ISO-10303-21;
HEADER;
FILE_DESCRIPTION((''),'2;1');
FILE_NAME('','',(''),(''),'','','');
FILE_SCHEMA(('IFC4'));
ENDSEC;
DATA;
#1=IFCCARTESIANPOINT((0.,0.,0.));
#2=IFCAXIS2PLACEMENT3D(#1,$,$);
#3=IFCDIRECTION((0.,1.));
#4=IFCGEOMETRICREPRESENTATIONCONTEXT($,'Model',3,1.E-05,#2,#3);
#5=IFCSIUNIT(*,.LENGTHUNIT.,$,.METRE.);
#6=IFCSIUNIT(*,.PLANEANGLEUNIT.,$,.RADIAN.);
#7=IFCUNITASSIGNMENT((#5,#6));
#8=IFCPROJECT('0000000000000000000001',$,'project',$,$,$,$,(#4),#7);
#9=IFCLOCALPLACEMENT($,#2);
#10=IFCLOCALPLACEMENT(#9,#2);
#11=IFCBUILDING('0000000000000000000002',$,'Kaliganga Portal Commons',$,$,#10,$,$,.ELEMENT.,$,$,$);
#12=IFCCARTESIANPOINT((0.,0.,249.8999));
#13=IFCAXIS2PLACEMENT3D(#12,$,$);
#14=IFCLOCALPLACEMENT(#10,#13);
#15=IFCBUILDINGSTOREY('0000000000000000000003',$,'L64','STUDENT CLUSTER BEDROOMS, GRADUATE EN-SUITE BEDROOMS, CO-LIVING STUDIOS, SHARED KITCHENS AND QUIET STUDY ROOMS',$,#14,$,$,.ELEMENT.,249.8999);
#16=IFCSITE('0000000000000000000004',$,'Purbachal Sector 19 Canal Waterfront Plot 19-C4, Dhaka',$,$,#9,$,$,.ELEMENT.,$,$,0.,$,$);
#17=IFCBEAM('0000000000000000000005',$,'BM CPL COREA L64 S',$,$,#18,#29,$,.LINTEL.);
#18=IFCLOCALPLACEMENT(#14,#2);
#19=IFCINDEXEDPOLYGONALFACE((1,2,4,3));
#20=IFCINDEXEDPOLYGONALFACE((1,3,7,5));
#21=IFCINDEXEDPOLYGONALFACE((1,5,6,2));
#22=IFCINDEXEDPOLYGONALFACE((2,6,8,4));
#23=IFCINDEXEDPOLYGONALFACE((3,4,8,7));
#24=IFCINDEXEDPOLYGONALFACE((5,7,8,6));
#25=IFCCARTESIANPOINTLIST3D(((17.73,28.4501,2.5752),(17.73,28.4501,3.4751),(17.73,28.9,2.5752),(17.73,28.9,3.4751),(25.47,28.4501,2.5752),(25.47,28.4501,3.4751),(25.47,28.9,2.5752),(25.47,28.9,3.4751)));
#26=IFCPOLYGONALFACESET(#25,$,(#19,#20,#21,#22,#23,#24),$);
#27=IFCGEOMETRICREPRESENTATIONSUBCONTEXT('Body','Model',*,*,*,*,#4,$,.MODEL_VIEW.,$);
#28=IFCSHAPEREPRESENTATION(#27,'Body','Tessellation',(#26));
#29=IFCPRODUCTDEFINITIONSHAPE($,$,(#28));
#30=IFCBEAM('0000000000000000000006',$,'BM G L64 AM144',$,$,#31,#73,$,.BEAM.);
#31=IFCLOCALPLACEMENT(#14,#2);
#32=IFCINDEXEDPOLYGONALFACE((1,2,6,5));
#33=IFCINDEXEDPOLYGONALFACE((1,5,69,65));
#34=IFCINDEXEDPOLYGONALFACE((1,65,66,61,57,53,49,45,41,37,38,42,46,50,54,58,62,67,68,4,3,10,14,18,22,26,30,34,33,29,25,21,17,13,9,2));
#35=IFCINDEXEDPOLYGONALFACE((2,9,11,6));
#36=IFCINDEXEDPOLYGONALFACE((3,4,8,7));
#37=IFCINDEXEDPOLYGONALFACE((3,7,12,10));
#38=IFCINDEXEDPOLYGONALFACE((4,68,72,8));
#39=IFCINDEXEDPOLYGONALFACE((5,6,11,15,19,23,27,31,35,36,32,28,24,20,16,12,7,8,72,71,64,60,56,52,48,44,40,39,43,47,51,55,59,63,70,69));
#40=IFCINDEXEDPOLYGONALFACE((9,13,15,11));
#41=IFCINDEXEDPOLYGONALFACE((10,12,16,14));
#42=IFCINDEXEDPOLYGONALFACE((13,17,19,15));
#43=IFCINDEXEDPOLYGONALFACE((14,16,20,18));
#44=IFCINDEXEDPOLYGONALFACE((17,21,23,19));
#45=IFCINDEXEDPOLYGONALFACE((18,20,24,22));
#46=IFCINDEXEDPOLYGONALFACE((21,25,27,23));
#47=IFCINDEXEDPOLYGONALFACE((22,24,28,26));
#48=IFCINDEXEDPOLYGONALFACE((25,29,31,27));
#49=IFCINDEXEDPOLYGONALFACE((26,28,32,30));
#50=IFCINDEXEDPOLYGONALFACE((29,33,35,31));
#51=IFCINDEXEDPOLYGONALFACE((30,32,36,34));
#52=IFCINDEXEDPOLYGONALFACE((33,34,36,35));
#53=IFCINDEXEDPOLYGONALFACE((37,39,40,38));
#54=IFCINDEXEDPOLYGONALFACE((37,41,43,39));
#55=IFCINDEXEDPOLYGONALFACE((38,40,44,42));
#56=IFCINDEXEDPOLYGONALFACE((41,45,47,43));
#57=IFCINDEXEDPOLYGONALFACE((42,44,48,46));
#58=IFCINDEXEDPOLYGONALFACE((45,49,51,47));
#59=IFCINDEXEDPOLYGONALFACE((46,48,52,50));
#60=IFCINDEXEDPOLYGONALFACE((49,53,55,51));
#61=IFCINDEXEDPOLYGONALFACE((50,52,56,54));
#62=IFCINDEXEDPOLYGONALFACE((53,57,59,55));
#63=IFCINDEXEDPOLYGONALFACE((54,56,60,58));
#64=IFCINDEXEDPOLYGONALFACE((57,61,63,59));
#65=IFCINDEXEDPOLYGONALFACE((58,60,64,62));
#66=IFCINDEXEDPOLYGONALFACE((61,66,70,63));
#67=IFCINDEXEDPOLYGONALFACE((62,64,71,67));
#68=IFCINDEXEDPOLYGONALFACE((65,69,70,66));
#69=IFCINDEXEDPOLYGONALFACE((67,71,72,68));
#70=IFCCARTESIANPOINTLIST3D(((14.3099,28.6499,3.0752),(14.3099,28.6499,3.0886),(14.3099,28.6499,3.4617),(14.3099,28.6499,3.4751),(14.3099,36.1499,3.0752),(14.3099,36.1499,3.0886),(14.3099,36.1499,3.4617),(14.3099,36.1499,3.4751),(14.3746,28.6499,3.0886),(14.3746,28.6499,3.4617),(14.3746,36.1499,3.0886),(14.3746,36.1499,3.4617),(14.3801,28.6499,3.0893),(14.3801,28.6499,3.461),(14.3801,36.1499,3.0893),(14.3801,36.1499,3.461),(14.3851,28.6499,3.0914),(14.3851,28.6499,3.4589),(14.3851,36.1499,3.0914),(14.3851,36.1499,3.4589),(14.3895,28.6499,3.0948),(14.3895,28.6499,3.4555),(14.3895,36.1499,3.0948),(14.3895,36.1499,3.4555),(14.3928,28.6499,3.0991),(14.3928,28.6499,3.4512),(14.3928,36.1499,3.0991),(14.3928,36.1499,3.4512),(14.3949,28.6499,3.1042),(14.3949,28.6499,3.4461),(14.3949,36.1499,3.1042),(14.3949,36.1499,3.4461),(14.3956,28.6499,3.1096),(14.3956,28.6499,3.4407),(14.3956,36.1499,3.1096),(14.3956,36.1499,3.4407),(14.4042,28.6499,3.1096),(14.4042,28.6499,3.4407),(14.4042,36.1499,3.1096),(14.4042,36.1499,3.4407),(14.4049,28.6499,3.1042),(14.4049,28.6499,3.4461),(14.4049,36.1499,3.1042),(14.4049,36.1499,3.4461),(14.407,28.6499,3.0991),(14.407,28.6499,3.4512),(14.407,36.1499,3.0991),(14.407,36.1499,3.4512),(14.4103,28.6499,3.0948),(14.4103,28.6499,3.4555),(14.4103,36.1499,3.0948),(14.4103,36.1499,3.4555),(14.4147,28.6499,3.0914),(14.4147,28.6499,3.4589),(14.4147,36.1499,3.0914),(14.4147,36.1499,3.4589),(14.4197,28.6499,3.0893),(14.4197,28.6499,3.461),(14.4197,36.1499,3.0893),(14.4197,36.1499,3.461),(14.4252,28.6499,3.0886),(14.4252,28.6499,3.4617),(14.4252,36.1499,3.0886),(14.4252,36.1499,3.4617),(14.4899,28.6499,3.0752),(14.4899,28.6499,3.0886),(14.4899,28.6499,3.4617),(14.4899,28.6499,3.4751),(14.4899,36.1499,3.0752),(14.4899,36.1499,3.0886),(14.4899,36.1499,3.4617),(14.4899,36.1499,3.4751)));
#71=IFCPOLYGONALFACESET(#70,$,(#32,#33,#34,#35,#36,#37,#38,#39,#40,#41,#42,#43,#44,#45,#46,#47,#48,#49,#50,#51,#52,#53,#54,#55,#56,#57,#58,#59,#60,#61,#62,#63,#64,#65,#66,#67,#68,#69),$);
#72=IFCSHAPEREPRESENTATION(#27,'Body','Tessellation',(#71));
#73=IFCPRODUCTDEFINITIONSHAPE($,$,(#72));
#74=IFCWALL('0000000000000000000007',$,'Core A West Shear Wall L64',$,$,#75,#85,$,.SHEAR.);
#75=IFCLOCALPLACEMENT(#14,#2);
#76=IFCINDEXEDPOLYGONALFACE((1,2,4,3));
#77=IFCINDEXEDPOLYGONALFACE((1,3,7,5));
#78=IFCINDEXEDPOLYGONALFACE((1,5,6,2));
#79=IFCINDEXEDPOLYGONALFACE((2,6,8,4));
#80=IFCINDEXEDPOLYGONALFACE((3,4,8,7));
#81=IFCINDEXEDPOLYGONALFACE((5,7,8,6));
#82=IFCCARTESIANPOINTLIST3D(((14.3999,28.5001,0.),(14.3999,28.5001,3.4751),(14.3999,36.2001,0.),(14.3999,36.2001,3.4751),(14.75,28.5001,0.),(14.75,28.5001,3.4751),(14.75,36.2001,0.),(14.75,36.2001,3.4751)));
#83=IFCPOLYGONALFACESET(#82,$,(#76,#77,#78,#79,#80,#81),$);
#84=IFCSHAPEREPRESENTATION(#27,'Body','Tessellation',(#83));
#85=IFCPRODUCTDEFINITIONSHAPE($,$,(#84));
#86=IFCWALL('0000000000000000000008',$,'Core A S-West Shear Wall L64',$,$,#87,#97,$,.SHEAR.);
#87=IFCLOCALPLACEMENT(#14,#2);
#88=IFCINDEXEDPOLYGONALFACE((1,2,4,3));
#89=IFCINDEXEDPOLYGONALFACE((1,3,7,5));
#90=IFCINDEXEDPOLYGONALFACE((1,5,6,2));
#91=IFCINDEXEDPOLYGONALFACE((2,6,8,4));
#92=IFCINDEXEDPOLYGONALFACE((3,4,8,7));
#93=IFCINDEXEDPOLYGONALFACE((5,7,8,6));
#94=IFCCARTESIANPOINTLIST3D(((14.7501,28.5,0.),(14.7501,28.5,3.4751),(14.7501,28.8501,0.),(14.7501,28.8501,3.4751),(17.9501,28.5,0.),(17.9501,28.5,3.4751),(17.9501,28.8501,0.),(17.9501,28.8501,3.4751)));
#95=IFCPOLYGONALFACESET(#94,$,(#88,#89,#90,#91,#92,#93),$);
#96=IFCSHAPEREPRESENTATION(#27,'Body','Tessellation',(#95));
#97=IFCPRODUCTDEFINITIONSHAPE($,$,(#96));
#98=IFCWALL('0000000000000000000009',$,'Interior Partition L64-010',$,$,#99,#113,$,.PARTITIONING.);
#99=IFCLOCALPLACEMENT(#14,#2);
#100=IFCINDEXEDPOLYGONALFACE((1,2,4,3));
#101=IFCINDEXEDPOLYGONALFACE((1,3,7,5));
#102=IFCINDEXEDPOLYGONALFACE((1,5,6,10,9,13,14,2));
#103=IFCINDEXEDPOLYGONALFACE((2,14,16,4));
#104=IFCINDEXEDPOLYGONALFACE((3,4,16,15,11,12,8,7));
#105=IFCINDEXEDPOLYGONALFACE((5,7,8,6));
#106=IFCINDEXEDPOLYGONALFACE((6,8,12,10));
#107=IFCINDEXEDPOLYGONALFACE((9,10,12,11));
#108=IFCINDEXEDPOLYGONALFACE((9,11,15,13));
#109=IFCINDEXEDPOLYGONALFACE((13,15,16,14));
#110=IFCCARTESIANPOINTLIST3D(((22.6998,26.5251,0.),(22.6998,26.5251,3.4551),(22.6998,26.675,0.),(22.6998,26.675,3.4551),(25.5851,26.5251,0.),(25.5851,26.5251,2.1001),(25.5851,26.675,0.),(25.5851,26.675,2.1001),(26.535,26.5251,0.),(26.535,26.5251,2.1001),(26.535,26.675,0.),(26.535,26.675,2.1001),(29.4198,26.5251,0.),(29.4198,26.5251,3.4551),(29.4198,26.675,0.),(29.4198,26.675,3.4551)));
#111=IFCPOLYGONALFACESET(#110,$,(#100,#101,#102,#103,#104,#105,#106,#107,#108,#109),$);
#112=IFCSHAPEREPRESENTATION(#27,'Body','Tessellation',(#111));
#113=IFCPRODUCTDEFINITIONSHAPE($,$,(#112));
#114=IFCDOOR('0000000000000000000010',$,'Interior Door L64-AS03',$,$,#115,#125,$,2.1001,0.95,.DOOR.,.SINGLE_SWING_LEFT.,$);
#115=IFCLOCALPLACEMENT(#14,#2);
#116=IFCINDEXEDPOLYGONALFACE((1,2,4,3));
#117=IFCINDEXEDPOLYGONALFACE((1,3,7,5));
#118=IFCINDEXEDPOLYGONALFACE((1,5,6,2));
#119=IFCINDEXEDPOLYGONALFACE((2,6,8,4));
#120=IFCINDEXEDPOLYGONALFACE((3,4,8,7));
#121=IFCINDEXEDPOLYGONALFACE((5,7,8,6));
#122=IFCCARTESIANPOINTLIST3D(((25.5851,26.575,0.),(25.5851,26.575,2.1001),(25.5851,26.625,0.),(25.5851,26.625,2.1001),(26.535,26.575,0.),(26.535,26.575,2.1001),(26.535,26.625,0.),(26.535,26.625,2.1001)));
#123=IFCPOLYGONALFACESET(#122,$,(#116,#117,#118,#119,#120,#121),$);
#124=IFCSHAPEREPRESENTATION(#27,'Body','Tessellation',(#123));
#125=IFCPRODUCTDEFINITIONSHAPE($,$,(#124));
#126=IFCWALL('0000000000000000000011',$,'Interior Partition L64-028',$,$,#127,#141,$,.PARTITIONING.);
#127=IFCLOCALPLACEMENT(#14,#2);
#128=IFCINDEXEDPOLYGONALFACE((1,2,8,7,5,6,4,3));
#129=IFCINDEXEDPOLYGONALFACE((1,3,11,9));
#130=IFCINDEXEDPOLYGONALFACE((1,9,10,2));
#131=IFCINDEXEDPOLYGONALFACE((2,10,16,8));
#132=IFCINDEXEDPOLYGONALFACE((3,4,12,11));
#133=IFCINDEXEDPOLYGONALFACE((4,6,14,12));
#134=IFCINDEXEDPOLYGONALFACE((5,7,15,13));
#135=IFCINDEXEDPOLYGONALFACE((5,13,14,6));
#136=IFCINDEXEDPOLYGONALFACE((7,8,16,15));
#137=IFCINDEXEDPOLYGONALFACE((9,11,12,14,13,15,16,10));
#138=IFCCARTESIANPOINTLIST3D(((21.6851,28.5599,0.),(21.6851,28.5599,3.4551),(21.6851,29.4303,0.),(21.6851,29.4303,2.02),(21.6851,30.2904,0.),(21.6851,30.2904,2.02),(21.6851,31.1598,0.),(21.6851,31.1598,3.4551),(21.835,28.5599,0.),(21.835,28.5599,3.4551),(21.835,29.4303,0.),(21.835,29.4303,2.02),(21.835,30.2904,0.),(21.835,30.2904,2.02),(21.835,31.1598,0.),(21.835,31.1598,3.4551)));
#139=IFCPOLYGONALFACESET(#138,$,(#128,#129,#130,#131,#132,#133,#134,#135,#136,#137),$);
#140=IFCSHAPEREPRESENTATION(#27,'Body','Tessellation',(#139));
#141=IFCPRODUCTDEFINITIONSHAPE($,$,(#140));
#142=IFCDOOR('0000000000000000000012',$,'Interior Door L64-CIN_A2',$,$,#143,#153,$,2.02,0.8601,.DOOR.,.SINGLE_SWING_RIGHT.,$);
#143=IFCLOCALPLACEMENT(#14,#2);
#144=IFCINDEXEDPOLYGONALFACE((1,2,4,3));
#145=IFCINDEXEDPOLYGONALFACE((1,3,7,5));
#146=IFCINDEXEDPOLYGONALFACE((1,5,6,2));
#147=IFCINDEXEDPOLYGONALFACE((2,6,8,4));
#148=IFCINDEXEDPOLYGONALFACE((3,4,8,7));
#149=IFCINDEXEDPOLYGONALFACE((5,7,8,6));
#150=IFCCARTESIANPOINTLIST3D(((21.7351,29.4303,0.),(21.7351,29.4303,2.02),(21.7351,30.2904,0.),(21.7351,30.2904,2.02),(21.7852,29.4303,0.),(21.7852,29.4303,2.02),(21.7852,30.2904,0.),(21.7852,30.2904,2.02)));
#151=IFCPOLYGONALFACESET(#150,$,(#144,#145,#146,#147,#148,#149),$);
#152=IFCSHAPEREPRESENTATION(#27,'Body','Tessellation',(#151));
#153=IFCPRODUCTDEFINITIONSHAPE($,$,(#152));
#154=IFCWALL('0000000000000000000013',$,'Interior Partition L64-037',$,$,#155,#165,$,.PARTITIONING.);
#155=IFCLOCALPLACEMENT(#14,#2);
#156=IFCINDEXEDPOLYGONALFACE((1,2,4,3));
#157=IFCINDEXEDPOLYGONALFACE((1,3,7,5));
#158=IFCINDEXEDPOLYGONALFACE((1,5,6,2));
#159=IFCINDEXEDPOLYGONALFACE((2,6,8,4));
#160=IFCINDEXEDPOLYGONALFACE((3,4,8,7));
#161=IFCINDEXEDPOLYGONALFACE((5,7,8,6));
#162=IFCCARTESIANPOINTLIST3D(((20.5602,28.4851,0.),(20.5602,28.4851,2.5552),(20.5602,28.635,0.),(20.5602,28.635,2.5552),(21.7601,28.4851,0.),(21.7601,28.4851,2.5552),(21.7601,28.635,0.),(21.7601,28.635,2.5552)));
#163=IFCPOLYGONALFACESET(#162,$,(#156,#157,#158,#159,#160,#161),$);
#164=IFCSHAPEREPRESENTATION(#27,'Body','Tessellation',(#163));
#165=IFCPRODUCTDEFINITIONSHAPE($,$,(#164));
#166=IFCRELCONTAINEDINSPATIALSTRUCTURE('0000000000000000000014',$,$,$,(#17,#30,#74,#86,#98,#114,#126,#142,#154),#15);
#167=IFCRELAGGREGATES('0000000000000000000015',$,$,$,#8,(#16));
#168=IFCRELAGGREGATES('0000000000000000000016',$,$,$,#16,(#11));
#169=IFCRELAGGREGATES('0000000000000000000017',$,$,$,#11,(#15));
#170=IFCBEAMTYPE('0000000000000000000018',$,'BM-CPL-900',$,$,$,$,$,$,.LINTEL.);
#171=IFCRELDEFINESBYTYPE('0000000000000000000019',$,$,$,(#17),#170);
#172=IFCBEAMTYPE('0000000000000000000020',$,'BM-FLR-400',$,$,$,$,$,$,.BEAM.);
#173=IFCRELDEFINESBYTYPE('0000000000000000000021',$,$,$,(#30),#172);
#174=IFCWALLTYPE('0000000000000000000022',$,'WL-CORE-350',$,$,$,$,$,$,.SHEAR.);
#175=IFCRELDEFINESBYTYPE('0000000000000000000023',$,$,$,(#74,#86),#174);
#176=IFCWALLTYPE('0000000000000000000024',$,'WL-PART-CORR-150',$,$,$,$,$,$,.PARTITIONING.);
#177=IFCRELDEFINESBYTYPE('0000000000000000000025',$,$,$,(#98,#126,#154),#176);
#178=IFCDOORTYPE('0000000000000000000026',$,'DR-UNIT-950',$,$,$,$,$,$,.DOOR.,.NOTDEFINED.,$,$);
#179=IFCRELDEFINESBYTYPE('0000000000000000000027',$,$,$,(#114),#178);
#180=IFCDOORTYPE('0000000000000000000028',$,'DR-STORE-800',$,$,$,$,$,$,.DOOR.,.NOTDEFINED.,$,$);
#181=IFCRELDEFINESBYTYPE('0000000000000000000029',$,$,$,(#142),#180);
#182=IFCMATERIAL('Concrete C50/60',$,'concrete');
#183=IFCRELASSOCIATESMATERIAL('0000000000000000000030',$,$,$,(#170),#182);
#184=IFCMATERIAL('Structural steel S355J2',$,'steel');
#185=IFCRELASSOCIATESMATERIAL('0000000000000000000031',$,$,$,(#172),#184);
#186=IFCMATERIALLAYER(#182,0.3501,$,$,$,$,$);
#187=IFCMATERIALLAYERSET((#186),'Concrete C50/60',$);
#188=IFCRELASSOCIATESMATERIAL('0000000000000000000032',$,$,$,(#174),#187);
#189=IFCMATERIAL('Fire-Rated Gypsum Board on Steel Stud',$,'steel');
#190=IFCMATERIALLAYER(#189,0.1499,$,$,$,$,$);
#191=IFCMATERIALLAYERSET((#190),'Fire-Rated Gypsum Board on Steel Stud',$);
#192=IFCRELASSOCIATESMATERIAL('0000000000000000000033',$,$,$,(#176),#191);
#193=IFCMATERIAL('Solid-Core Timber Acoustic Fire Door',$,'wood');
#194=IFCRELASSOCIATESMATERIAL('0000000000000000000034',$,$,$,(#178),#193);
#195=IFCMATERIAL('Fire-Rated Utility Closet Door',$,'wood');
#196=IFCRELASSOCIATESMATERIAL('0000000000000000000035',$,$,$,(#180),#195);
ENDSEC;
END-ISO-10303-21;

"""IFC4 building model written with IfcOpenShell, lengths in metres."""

from ifc_helpers import new_model, si_unit, direction, frame, frame_2d, origin, origin_2d, place, context, subcontext, project, spatial, rectangle, i_section, extrude, source, transform, mapped, material, layer, layer_set, material_profile, profile_set, type_object, element, fill, save


model = new_model("IFC4")

# Units and contexts
model_context = context("Model", 3, precision=1e-05, world=origin(), true_north=direction((0.0, 1.0)))
body_context = subcontext(model_context, "Body", "Model", "MODEL_VIEW")
ifc_project = project(units=[si_unit("LENGTHUNIT", "METRE"), si_unit("PLANEANGLEUNIT", "RADIAN")], contexts=[model_context])

# Site, building, storey
site_placement = place(None, origin())
site = spatial("IfcSite", under=ifc_project, at=site_placement, Name="Purbachal Sector 19 Canal Waterfront Plot 19-C4, Dhaka", CompositionType="ELEMENT", RefElevation=0.0)
building_placement = place(site_placement, origin())
building = spatial("IfcBuilding", under=site, at=building_placement, Name="Kaliganga Portal Commons", CompositionType="ELEMENT")
storey_placement = place(building_placement, frame((0.0, 0.0, 249.8999)))
storey = spatial("IfcBuildingStorey", under=building, at=storey_placement, Name="L64", Description="STUDENT CLUSTER BEDROOMS, GRADUATE EN-SUITE BEDROOMS, CO-LIVING STUDIOS, SHARED KITCHENS AND QUIET STUDY ROOMS", CompositionType="ELEMENT", Elevation=249.8999)

# Beams
ifc_material_1 = material(Name="Concrete C50/60", Category="concrete")
ifc_material_profile_1 = material_profile(ifc_material_1, rectangle(XDim=0.45, YDim=0.8999, at=origin_2d()), Name="RC 450x900")
ifc_profile_set_1 = profile_set([ifc_material_profile_1], Name="Concrete C50/60")
beam_type_1 = type_object("IfcBeamType", Name="BM-CPL-900", PredefinedType="LINTEL", material=ifc_profile_set_1)
shared_shape_1 = source(origin(), body_context, "Body", "SweptSolid", [
    extrude(rectangle(XDim=0.45, YDim=0.8999, at=origin_2d()), origin(), (0.0, 0.0, 1.0), 7.74),
])
beam_1_placement = place(storey_placement, frame((17.73, 28.675, 3.0251), z_axis=(1.0, 0.0, 0.0), x_axis=(0.0, 1.0, 0.0)))
element("IfcBeam", 1, at=beam_1_placement, inside=storey, type_object=beam_type_1, Name="BM CPL COREA L64 S", PredefinedType="LINTEL", context=body_context, shape_type="MappedRepresentation", body=[
    mapped(shared_shape_1, transform((0.0, 0.0, 0.0), x_axis=(1.0, 0.0, 0.0), y_axis=(0.0, 1.0, 0.0), z_axis=(0.0, 0.0, 1.0), scale=1.0)),
])
ifc_material_2 = material(Name="Structural steel S355J2", Category="steel")
ifc_material_profile_2 = material_profile(ifc_material_2, i_section(OverallWidth=0.1799, OverallDepth=0.3999, WebThickness=0.0085, FlangeThickness=0.0134, FilletRadius=0.021, at=origin_2d()), Name="IPE 400")
ifc_profile_set_2 = profile_set([ifc_material_profile_2], Name="Structural steel S355J2 wide-flange")
beam_type_2 = type_object("IfcBeamType", Name="BM-FLR-400", PredefinedType="BEAM", material=ifc_profile_set_2)
shared_shape_2 = source(origin(), body_context, "Body", "SweptSolid", [
    extrude(i_section(OverallWidth=0.1799, OverallDepth=0.3999, WebThickness=0.0085, FlangeThickness=0.0134, FilletRadius=0.021, at=origin_2d()), origin(), (0.0, 0.0, 1.0), 7.5),
])
beam_2_placement = place(storey_placement, frame((14.3999, 28.6499, 3.2751), z_axis=(0.0, 1.0, 0.0), x_axis=(-1.0, 0.0, 0.0)))
element("IfcBeam", 2, at=beam_2_placement, inside=storey, type_object=beam_type_2, Name="BM G L64 AM144", PredefinedType="BEAM", context=body_context, shape_type="MappedRepresentation", body=[
    mapped(shared_shape_2, transform((0.0, 0.0, 0.0), x_axis=(1.0, 0.0, 0.0), y_axis=(0.0, 1.0, 0.0), z_axis=(0.0, 0.0, 1.0), scale=1.0)),
])

# Walls
ifc_layer_1 = layer(ifc_material_1, 0.3501)
ifc_layer_set_1 = layer_set([ifc_layer_1], Name="Concrete C50/60")
wall_type_1 = type_object("IfcWallType", Name="WL-CORE-350", PredefinedType="SHEAR", material=ifc_layer_set_1)
wall_1_placement = place(storey_placement, frame((14.575, 28.5, 0.0), z_axis=(0.0, 0.0, 1.0), x_axis=(0.0, 1.0, 0.0)))
element("IfcWall", 3, at=wall_1_placement, inside=storey, type_object=wall_type_1, Name="Core A West Shear Wall L64", PredefinedType="SHEAR", context=body_context, shape_type="SweptSolid", body=[
    extrude(rectangle(XDim=7.7, YDim=0.3501, at=frame_2d((3.8501, 0.0))), origin(), (0.0, 0.0, 1.0), 3.4751),
])
wall_2_placement = place(storey_placement, frame((14.75, 28.675, 0.0), z_axis=(0.0, 0.0, 1.0), x_axis=(1.0, 0.0, 0.0)))
element("IfcWall", 4, at=wall_2_placement, inside=storey, type_object=wall_type_1, Name="Core A S-West Shear Wall L64", PredefinedType="SHEAR", context=body_context, shape_type="SweptSolid", body=[
    extrude(rectangle(XDim=3.2, YDim=0.3501, at=frame_2d((1.6001, 0.0))), origin(), (0.0, 0.0, 1.0), 3.4751),
])

# Walls, openings, doors
ifc_material_3 = material(Name="Fire-Rated Gypsum Board on Steel Stud", Category="steel")
ifc_layer_2 = layer(ifc_material_3, 0.1499)
ifc_layer_set_2 = layer_set([ifc_layer_2], Name="Fire-Rated Gypsum Board on Steel Stud")
wall_type_2 = type_object("IfcWallType", Name="WL-PART-CORR-150", PredefinedType="PARTITIONING", material=ifc_layer_set_2)
wall_3_placement = place(storey_placement, frame((22.7, 26.6001, 0.0), z_axis=(0.0, 0.0, 1.0), x_axis=(1.0, 0.0, 0.0)))
wall_3 = element("IfcWall", 5, at=wall_3_placement, inside=storey, type_object=wall_type_2, Name="Interior Partition L64-010", PredefinedType="PARTITIONING", context=body_context, shape_type="SweptSolid", body=[
    extrude(rectangle(XDim=6.72, YDim=0.1499, at=frame_2d((3.3599, 0.0))), origin(), (0.0, 0.0, 1.0), 3.4551),
])
opening_1_placement = place(wall_3_placement, frame((2.885, 0.0, 0.0)))
opening_1 = element("IfcOpeningElement", 6, at=opening_1_placement, cuts=wall_3, PredefinedType="OPENING", context=body_context, shape_type="SweptSolid", body=[
    extrude(rectangle(XDim=0.95, YDim=2.1001, at=frame_2d((0.4751, 1.05))), frame((0.0, 0.085, 0.0), z_axis=(0.0, -1.0, 0.0), x_axis=(1.0, 0.0, 0.0)), (0.0, 0.0, 1.0), 0.1699),
])
ifc_material_4 = material(Name="Solid-Core Timber Acoustic Fire Door", Category="wood")
door_type_1 = type_object("IfcDoorType", Name="DR-UNIT-950", OperationType="NOTDEFINED", PredefinedType="DOOR", material=ifc_material_4)
door_1_placement = place(opening_1_placement, origin())
door_1 = element("IfcDoor", 7, at=door_1_placement, inside=storey, type_object=door_type_1, Name="Interior Door L64-AS03", OperationType="SINGLE_SWING_LEFT", OverallHeight=2.1001, OverallWidth=0.95, PredefinedType="DOOR", context=body_context, shape_type="SweptSolid", body=[
    extrude(rectangle(XDim=0.95, YDim=2.1001, at=frame_2d((0.4751, 1.05))), frame((0.0, 0.0249, 0.0), z_axis=(0.0, -1.0, 0.0), x_axis=(1.0, 0.0, 0.0)), (0.0, 0.0, 1.0), 0.05),
])
fill(opening_1, door_1)
wall_4_placement = place(storey_placement, frame((21.76, 28.5601, 0.0), z_axis=(0.0, 0.0, 1.0), x_axis=(0.0, 1.0, 0.0)))
wall_4 = element("IfcWall", 8, at=wall_4_placement, inside=storey, type_object=wall_type_2, Name="Interior Partition L64-028", PredefinedType="PARTITIONING", context=body_context, shape_type="SweptSolid", body=[
    extrude(rectangle(XDim=2.5999, YDim=0.1499, at=frame_2d((1.2998, 0.0))), origin(), (0.0, 0.0, 1.0), 3.4551),
])
opening_2_placement = place(wall_4_placement, frame((0.8701, 0.0, 0.0)))
opening_2 = element("IfcOpeningElement", 9, at=opening_2_placement, cuts=wall_4, PredefinedType="OPENING", context=body_context, shape_type="SweptSolid", body=[
    extrude(rectangle(XDim=0.8601, YDim=2.02, at=frame_2d((0.4302, 1.01))), frame((0.0, 0.085, 0.0), z_axis=(0.0, -1.0, 0.0), x_axis=(1.0, 0.0, 0.0)), (0.0, 0.0, 1.0), 0.1699),
])
ifc_material_5 = material(Name="Fire-Rated Utility Closet Door", Category="wood")
door_type_2 = type_object("IfcDoorType", Name="DR-STORE-800", OperationType="NOTDEFINED", PredefinedType="DOOR", material=ifc_material_5)
door_2_placement = place(opening_2_placement, origin())
door_2 = element("IfcDoor", 10, at=door_2_placement, inside=storey, type_object=door_type_2, Name="Interior Door L64-CIN_A2", OperationType="SINGLE_SWING_RIGHT", OverallHeight=2.02, OverallWidth=0.8601, PredefinedType="DOOR", context=body_context, shape_type="SweptSolid", body=[
    extrude(rectangle(XDim=0.8601, YDim=2.02, at=frame_2d((0.4302, 1.01))), frame((0.0, 0.0249, 0.0), z_axis=(0.0, -1.0, 0.0), x_axis=(1.0, 0.0, 0.0)), (0.0, 0.0, 1.0), 0.05),
])
fill(opening_2, door_2)

# Wall
wall_5_placement = place(storey_placement, frame((20.5601, 28.5601, 0.0), z_axis=(0.0, 0.0, 1.0), x_axis=(1.0, 0.0, 0.0)))
element("IfcWall", 11, at=wall_5_placement, inside=storey, type_object=wall_type_2, Name="Interior Partition L64-037", PredefinedType="PARTITIONING", context=body_context, shape_type="SweptSolid", body=[
    extrude(rectangle(XDim=1.2, YDim=0.1499, at=frame_2d((0.6001, 0.0))), origin(), (0.0, 0.0, 1.0), 2.5552),
])

save(model, "model.ifc")
